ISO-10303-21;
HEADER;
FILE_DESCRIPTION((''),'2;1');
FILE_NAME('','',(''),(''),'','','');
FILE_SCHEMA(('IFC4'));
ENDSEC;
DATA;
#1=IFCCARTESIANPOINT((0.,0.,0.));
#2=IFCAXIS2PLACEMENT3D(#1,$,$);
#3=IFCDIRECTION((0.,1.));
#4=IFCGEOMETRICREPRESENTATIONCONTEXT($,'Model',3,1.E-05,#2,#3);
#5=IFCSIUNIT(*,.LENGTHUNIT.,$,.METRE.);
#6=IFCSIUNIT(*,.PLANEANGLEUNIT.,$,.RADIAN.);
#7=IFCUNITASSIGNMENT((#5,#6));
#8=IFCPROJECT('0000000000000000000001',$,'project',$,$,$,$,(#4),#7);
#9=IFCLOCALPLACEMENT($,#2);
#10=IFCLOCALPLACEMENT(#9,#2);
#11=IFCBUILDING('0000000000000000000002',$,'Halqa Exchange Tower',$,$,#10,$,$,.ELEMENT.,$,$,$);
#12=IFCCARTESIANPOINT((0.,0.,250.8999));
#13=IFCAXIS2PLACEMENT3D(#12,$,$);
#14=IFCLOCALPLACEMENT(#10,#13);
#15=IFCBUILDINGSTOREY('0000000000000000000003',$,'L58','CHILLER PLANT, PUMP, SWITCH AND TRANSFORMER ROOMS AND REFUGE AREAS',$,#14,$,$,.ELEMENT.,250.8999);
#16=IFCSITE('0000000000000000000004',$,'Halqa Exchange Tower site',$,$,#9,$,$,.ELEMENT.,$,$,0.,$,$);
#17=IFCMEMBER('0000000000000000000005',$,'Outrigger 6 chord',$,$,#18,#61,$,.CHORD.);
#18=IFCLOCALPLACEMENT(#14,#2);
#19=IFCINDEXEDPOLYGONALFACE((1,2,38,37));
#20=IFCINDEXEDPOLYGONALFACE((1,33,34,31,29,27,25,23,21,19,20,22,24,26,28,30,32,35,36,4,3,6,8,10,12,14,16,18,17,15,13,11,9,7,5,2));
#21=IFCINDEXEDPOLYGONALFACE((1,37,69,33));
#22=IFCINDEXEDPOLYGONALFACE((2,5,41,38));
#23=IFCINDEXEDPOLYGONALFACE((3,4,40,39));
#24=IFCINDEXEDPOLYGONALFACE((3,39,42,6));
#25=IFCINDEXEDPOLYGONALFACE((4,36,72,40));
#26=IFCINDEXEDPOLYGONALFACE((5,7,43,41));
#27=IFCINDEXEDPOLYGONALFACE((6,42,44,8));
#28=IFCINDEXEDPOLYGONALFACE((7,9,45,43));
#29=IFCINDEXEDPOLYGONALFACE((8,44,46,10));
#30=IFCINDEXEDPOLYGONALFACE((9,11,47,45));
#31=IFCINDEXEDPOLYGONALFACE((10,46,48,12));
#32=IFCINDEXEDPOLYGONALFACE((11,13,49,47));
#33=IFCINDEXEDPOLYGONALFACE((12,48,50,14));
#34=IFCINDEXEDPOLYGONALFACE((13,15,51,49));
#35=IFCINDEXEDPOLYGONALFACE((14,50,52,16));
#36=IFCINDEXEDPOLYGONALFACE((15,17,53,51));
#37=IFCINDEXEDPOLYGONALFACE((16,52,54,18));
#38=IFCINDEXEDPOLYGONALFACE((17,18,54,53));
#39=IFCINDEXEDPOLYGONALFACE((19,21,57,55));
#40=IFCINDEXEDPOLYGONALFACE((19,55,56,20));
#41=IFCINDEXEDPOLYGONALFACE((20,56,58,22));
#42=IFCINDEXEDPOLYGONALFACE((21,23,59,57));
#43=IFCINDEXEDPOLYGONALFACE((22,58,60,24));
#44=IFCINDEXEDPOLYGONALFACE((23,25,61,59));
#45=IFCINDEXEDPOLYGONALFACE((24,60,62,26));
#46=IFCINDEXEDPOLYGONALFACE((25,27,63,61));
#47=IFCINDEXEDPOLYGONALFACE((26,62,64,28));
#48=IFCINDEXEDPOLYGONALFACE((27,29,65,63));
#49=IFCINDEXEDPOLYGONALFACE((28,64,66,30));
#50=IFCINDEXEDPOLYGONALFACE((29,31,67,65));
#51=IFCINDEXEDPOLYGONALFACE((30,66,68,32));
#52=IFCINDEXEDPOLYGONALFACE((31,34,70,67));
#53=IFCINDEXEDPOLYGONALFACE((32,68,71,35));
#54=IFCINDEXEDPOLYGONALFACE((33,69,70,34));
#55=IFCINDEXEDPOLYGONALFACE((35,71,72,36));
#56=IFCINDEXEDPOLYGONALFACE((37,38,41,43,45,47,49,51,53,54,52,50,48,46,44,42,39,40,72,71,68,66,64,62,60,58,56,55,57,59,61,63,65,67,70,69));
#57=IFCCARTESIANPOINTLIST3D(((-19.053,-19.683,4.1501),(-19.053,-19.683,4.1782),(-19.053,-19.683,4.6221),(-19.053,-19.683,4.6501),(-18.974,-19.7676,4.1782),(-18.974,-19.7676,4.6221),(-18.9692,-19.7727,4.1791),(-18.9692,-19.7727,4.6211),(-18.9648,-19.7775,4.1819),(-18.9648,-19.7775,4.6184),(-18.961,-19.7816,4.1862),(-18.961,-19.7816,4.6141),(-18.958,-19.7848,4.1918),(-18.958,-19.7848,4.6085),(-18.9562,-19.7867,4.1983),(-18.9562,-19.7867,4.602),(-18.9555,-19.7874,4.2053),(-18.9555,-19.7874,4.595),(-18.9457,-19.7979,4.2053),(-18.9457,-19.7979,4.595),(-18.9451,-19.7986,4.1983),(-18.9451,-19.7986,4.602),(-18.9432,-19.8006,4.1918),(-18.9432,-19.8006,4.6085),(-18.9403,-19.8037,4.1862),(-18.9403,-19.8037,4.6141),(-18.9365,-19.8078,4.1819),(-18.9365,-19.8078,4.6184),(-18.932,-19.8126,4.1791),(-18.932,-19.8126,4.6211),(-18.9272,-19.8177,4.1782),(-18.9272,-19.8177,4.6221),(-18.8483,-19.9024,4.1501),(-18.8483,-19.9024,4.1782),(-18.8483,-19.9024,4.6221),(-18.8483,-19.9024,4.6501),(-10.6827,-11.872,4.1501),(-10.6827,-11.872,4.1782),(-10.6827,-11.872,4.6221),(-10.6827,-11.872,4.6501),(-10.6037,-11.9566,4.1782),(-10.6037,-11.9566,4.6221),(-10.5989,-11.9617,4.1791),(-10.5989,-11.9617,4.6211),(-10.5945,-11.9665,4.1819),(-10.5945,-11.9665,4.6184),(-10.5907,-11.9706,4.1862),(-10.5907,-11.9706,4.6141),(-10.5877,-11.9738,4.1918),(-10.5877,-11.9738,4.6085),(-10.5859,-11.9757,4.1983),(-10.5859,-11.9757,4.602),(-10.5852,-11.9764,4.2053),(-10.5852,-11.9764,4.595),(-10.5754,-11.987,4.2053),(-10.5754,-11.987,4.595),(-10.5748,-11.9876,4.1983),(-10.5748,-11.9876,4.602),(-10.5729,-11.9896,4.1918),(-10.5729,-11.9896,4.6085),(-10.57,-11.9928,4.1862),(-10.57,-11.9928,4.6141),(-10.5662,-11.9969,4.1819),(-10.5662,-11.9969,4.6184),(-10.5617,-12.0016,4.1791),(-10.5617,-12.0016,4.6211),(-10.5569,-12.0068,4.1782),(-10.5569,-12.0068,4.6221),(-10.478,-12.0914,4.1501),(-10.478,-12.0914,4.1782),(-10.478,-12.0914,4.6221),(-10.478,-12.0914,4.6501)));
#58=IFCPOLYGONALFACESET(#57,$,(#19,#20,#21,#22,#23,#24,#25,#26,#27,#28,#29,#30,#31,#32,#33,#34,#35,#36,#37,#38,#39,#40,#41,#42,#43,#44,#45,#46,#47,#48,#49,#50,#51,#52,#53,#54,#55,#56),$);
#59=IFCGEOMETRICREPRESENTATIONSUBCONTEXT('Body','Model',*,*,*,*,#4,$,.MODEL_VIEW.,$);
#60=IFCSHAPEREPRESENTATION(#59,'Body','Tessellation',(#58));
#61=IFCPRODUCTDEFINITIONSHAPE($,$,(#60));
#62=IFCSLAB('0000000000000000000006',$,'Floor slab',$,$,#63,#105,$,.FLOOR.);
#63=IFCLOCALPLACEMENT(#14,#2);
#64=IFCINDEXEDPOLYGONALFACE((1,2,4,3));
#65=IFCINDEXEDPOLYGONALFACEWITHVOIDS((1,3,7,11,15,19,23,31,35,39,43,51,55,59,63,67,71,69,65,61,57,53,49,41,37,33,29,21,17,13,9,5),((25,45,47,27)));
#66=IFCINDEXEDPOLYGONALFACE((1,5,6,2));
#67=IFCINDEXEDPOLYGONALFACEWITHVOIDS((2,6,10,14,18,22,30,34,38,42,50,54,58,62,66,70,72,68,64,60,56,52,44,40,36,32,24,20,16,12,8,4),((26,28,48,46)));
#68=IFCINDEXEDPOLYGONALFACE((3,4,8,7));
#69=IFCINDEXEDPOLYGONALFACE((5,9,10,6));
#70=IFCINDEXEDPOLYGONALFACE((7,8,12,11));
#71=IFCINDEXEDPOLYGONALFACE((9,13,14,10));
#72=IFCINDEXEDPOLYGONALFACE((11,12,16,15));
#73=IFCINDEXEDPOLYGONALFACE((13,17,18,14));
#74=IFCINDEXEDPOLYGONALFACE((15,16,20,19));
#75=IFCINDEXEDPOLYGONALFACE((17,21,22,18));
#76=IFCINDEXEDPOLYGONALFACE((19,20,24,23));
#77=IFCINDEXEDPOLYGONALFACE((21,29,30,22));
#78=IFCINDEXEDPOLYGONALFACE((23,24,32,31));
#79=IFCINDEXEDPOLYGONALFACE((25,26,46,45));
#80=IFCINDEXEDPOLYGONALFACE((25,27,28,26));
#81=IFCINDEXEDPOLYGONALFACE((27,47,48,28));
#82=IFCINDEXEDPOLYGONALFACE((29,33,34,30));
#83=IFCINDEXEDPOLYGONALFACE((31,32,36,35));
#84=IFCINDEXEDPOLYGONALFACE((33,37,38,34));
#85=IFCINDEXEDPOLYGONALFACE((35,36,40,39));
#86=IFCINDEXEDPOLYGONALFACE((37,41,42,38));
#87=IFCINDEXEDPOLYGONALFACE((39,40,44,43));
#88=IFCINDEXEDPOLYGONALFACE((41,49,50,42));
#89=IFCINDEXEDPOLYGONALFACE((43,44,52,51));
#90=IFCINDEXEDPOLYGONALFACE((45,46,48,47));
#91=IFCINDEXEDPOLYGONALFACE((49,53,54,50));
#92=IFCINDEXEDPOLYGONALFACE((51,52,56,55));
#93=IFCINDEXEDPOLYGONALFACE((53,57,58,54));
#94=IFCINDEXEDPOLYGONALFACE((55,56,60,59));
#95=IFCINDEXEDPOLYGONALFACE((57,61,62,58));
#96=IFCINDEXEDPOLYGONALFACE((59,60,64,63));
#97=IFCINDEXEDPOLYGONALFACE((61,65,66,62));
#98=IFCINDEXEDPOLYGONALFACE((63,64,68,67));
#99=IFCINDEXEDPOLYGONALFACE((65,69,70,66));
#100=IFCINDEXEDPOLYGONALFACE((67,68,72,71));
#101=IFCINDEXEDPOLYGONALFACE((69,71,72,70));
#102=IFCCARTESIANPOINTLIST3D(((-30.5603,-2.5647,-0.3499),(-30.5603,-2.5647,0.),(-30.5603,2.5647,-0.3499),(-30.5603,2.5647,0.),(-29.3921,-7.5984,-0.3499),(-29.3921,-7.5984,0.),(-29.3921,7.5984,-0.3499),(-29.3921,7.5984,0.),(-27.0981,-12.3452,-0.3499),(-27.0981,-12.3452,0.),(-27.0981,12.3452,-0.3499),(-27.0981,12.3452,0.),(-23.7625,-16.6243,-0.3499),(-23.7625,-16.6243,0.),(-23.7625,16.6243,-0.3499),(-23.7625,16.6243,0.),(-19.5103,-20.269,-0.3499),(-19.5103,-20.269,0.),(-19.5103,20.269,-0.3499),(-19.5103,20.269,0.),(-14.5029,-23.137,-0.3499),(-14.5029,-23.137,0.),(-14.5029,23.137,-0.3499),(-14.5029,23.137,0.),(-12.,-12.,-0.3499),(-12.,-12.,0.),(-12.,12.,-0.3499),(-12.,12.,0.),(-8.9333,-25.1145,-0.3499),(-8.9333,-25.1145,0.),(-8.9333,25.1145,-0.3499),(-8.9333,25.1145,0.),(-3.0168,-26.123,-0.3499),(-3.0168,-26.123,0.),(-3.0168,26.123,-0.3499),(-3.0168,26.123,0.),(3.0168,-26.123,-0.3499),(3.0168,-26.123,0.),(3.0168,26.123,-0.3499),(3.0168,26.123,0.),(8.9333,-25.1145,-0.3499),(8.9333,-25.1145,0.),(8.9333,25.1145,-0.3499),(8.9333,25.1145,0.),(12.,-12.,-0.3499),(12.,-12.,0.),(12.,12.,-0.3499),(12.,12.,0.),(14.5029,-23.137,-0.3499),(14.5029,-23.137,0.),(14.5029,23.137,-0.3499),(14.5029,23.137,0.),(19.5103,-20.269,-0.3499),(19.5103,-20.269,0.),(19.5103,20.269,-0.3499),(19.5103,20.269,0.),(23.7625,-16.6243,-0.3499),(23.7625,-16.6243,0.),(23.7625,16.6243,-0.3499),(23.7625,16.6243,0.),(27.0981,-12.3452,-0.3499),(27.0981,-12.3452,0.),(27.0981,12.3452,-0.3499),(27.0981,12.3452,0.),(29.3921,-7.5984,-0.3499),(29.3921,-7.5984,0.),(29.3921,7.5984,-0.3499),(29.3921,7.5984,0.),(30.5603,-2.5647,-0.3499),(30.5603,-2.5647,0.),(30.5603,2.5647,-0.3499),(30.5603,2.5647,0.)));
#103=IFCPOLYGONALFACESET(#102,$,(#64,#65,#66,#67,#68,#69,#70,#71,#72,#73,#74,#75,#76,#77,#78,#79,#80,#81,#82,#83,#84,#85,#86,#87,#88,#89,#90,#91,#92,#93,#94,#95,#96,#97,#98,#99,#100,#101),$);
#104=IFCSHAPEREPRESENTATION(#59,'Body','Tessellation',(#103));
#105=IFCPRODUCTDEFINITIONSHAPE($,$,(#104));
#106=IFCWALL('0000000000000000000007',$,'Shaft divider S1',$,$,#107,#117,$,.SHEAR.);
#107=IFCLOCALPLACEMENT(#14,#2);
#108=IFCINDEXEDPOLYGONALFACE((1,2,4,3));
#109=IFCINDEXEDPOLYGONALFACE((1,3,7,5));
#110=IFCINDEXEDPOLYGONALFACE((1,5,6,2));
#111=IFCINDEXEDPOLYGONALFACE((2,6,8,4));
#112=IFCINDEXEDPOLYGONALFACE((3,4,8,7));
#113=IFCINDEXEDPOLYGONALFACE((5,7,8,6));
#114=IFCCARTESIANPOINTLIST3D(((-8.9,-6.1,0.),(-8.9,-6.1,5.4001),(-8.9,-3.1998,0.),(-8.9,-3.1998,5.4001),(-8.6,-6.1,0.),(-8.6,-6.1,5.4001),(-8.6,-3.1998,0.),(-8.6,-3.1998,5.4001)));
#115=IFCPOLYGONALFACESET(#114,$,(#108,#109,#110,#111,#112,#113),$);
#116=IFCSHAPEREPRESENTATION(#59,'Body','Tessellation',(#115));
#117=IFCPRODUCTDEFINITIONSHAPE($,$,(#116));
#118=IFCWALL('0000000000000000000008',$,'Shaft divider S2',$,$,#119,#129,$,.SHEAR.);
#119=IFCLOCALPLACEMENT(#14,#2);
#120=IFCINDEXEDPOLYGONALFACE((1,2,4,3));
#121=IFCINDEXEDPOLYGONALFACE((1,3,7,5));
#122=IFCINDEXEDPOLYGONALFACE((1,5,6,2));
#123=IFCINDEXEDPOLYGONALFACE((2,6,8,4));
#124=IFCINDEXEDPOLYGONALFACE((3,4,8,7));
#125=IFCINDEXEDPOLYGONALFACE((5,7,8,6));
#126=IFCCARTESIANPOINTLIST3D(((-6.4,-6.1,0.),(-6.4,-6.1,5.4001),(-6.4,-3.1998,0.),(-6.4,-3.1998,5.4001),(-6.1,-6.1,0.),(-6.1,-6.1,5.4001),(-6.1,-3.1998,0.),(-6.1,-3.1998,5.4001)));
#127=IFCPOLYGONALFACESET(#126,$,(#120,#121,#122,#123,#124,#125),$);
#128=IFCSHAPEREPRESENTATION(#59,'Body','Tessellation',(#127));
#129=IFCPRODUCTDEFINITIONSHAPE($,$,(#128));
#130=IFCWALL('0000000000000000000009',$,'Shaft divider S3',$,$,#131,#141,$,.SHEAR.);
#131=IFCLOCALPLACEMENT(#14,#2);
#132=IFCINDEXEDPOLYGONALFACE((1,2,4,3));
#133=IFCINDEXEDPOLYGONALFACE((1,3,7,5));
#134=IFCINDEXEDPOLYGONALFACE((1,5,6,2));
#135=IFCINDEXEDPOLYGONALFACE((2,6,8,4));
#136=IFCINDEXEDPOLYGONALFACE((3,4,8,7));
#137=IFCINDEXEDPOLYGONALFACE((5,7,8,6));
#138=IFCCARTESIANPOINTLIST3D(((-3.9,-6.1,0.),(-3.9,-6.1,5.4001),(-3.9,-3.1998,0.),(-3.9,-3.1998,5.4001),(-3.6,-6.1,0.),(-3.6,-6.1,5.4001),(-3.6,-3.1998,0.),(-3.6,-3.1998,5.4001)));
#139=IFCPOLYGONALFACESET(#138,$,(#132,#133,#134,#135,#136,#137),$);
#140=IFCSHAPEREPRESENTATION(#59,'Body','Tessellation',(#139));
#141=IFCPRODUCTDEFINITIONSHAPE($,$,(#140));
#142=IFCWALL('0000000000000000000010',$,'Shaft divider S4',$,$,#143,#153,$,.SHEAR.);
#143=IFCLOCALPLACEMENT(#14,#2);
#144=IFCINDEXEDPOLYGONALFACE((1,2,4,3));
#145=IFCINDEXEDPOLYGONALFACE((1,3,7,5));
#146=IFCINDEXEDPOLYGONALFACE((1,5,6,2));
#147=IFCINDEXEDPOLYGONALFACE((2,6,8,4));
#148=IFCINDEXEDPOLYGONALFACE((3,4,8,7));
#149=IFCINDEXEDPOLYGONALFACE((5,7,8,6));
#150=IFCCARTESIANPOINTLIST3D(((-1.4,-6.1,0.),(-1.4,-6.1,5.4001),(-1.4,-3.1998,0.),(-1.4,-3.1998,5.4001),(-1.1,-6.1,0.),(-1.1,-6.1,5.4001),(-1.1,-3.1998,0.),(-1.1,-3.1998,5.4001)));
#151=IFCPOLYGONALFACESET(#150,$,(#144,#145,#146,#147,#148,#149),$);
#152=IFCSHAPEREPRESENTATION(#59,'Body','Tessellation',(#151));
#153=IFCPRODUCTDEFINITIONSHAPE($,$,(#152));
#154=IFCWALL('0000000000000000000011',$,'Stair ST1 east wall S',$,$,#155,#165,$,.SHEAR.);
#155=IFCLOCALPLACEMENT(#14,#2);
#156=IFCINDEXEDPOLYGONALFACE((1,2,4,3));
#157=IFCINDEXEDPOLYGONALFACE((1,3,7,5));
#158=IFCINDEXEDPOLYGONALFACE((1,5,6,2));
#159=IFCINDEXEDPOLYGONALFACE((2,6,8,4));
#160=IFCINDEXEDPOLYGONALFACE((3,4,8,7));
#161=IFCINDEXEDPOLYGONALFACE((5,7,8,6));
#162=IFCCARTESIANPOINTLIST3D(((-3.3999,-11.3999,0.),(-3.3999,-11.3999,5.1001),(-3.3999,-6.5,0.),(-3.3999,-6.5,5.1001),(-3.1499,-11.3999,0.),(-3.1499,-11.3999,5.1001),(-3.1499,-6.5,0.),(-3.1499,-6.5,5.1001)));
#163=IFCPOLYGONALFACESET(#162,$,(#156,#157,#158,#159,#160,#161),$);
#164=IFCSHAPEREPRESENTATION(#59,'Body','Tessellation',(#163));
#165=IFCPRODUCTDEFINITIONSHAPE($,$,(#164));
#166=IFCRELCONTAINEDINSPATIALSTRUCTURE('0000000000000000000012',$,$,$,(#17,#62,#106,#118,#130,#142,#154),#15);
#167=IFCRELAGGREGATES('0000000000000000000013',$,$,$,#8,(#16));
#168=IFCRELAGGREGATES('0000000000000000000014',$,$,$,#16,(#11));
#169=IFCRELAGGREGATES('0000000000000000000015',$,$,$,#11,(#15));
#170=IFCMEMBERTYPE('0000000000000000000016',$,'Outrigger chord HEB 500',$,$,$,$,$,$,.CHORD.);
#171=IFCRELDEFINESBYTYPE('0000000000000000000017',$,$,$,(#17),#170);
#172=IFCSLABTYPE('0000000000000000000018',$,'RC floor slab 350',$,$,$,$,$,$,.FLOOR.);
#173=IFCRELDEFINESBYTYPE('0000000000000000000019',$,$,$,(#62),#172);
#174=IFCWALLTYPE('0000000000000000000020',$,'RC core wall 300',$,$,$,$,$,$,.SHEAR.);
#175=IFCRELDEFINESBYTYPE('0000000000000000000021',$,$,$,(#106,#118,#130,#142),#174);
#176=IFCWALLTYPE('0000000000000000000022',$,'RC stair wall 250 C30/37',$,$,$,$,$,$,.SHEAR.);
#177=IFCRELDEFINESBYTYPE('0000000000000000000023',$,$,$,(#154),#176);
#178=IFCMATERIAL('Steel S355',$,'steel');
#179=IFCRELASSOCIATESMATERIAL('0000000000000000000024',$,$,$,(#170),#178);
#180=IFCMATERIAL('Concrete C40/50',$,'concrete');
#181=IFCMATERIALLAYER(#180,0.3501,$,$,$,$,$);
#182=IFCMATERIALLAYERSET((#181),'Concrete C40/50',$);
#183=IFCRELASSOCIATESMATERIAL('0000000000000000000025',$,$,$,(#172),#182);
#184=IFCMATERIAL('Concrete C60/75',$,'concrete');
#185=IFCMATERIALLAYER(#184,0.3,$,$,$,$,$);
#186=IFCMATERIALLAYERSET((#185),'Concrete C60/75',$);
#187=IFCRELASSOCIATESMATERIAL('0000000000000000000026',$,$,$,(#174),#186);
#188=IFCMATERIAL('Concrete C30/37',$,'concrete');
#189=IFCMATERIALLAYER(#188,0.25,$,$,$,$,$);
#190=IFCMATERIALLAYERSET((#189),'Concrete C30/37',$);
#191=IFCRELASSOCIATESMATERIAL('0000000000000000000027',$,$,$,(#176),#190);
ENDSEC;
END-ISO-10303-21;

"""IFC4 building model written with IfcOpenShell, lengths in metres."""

from ifc_helpers import new_model, si_unit, direction, frame, frame_2d, origin, origin_2d, place, context, subcontext, project, spatial, polyline, rectangle, i_section, outline, extrude, material, layer, layer_set, material_profile, profile_set, type_object, element, save


model = new_model("IFC4")

# Units and contexts
model_context = context("Model", 3, precision=1e-05, world=origin(), true_north=direction((0.0, 1.0)))
body_context = subcontext(model_context, "Body", "Model", "MODEL_VIEW")
ifc_project = project(units=[si_unit("LENGTHUNIT", "METRE"), si_unit("PLANEANGLEUNIT", "RADIAN")], contexts=[model_context])

# Site, building, storey
site_placement = place(None, origin())
site = spatial("IfcSite", under=ifc_project, at=site_placement, Name="Halqa Exchange Tower site", CompositionType="ELEMENT", RefElevation=0.0)
building_placement = place(site_placement, origin())
building = spatial("IfcBuilding", under=site, at=building_placement, Name="Halqa Exchange Tower", CompositionType="ELEMENT")
storey_placement = place(building_placement, frame((0.0, 0.0, 250.8999)))
storey = spatial("IfcBuildingStorey", under=building, at=storey_placement, Name="L58", Description="CHILLER PLANT, PUMP, SWITCH AND TRANSFORMER ROOMS AND REFUGE AREAS", CompositionType="ELEMENT", Elevation=250.8999)

# Shared definitions
ifc_material_1 = material(Name="Steel S355", Category="steel")

# Member
ifc_material_profile_1 = material_profile(ifc_material_1, i_section(OverallWidth=0.3, OverallDepth=0.5, WebThickness=0.0144, FlangeThickness=0.0281, FilletRadius=0.0271, at=origin_2d()), Name="HEB 500")
ifc_profile_set_1 = profile_set([ifc_material_profile_1], Name="Steel S355")
member_type = type_object("IfcMemberType", Name="Outrigger chord HEB 500", PredefinedType="CHORD", material=ifc_profile_set_1)
member_1_placement = place(storey_placement, frame((-10.5803, -11.9817, 4.4001), z_axis=(-0.731112, -0.682257, 0.0), x_axis=(0.682257, -0.731112, 0.0)))
element("IfcMember", 1, at=member_1_placement, inside=storey, type_object=member_type, Name="Outrigger 6 chord", PredefinedType="CHORD", context=body_context, shape_type="SweptSolid", body=[
    extrude(i_section(OverallWidth=0.3, OverallDepth=0.5, WebThickness=0.0144, FlangeThickness=0.0281, FilletRadius=0.0271, at=origin_2d()), origin(), (0.0, 0.0, 1.0), 11.4487),
])

# Slab
ifc_material_2 = material(Name="Concrete C40/50", Category="concrete")
ifc_layer_1 = layer(ifc_material_2, 0.3501)
ifc_layer_set_1 = layer_set([ifc_layer_1], Name="Concrete C40/50")
slab_type = type_object("IfcSlabType", Name="RC floor slab 350", PredefinedType="FLOOR", material=ifc_layer_set_1)
slab_placement = place(storey_placement, frame((0.0, 0.0, -0.3499)))
element("IfcSlab", 2, at=slab_placement, inside=storey, type_object=slab_type, Name="Floor slab", PredefinedType="FLOOR", context=body_context, shape_type="SweptSolid", body=[
    extrude(outline(polyline([(30.5603, 2.5647), (30.5603, -2.5647), (29.3921, -7.5984), (27.0981, -12.3452), (23.7625, -16.6243), (19.5103, -20.269), (14.5029, -23.137), (8.9333, -25.1145), (3.0168, -26.123), (-3.0168, -26.123), (-8.9333, -25.1145), (-14.5029, -23.137), (-19.5103, -20.269), (-23.7625, -16.6243), (-27.0981, -12.3452), (-29.3921, -7.5984), (-30.5603, -2.5647), (-30.5603, 2.5647), (-29.3921, 7.5984), (-27.0981, 12.3452), (-23.7625, 16.6243), (-19.5103, 20.269), (-14.5029, 23.137), (-8.9333, 25.1145), (-3.0168, 26.123), (3.0168, 26.123), (8.9333, 25.1145), (14.5029, 23.137), (19.5103, 20.269), (23.7625, 16.6243), (27.0981, 12.3452), (29.3921, 7.5984), (30.5603, 2.5647)]), holes=[polyline([(-12.0, -12.0), (12.0, -12.0), (12.0, 12.0), (-12.0, 12.0), (-12.0, -12.0)])]), origin(), (0.0, 0.0, 1.0), 0.3499),
])

# Walls
ifc_material_3 = material(Name="Concrete C60/75", Category="concrete")
ifc_layer_2 = layer(ifc_material_3, 0.3)
ifc_layer_set_2 = layer_set([ifc_layer_2], Name="Concrete C60/75")
wall_type_1 = type_object("IfcWallType", Name="RC core wall 300", PredefinedType="SHEAR", material=ifc_layer_set_2)
for number, where, z_axis, x_axis, name in (
    (3, (-8.75, -6.1001, 0.0), (0.0, 0.0, 1.0), (0.0, 1.0, 0.0), "Shaft divider S1"),
    (4, (-6.25, -6.1001, 0.0), (0.0, 0.0, 1.0), (0.0, 1.0, 0.0), "Shaft divider S2"),
    (5, (-3.75, -6.1001, 0.0), (0.0, 0.0, 1.0), (0.0, 1.0, 0.0), "Shaft divider S3"),
    (6, (-1.25, -6.1001, 0.0), (0.0, 0.0, 1.0), (0.0, 1.0, 0.0), "Shaft divider S4"),
):
    element("IfcWall", number, at=place(storey_placement, frame(where, z_axis=z_axis, x_axis=x_axis)), inside=storey, type_object=wall_type_1, Name=name, PredefinedType="SHEAR", context=body_context, shape_type="SweptSolid", body=[
        extrude(rectangle(XDim=2.9001, YDim=0.3, at=frame_2d((1.4502, 0.0))), origin(), (0.0, 0.0, 1.0), 5.4001),
    ])
ifc_material_4 = material(Name="Concrete C30/37", Category="concrete")
ifc_layer_3 = layer(ifc_material_4, 0.25)
ifc_layer_set_3 = layer_set([ifc_layer_3], Name="Concrete C30/37")
wall_type_2 = type_object("IfcWallType", Name="RC stair wall 250 C30/37", PredefinedType="SHEAR", material=ifc_layer_set_3)
wall_1_placement = place(storey_placement, frame((-3.2749, -11.3999, 0.0), z_axis=(0.0, 0.0, 1.0), x_axis=(0.0, 1.0, 0.0)))
element("IfcWall", 7, at=wall_1_placement, inside=storey, type_object=wall_type_2, Name="Stair ST1 east wall S", PredefinedType="SHEAR", context=body_context, shape_type="SweptSolid", body=[
    extrude(rectangle(XDim=4.8999, YDim=0.25, at=frame_2d((2.45, 0.0))), origin(), (0.0, 0.0, 1.0), 5.1001),
])

save(model, "model.ifc")
